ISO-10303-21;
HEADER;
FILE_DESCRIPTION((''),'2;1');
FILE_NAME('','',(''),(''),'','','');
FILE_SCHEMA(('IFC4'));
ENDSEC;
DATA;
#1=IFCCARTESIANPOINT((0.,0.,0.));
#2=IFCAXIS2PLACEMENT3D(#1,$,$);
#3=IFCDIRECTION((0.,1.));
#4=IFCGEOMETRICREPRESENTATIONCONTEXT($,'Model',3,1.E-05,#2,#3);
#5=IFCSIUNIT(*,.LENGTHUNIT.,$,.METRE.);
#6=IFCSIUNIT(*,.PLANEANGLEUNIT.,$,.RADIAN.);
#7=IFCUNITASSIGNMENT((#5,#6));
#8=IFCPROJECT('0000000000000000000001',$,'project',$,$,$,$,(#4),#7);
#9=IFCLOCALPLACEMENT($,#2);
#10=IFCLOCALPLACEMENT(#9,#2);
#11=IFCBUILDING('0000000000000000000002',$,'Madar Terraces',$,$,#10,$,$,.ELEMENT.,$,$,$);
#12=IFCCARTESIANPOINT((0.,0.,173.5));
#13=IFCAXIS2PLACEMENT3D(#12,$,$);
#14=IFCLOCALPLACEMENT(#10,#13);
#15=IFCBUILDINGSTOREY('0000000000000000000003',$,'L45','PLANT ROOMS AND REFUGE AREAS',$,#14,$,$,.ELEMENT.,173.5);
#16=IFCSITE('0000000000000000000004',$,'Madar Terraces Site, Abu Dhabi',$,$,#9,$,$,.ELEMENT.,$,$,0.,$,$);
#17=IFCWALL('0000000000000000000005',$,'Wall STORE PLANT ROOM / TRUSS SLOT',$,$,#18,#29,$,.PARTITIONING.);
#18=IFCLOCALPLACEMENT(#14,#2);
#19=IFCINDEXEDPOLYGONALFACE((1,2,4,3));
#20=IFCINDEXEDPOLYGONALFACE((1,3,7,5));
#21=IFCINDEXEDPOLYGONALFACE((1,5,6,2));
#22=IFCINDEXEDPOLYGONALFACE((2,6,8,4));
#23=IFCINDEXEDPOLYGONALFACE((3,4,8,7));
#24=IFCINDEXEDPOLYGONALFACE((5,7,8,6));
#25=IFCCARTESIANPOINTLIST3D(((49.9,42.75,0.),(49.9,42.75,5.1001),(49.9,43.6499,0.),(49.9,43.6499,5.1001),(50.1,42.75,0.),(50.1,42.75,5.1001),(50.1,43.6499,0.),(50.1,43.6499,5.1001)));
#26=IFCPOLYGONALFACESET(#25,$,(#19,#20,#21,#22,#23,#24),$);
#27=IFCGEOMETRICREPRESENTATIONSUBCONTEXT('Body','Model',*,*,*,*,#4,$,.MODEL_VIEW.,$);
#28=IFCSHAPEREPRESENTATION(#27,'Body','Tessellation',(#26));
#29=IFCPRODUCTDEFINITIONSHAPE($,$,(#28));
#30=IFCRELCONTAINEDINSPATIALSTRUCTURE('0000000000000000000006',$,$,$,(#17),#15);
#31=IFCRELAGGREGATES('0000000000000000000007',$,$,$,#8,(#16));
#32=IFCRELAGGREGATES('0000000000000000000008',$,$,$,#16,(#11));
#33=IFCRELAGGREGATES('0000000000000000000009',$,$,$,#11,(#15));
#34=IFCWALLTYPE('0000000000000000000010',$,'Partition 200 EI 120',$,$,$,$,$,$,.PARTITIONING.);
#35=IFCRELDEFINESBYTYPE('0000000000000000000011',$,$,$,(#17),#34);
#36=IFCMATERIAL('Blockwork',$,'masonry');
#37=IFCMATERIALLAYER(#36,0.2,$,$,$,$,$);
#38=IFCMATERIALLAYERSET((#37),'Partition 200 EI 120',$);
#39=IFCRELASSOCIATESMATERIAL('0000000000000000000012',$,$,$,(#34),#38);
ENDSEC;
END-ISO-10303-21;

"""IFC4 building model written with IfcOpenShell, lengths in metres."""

from ifc_helpers import new_model, si_unit, direction, frame, frame_2d, origin, place, context, subcontext, project, spatial, rectangle, extrude, material, layer, layer_set, type_object, element, save


model = new_model("IFC4")

# Units and contexts
model_context = context("Model", 3, precision=1e-05, world=origin(), true_north=direction((0.0, 1.0)))
body_context = subcontext(model_context, "Body", "Model", "MODEL_VIEW")
ifc_project = project(units=[si_unit("LENGTHUNIT", "METRE"), si_unit("PLANEANGLEUNIT", "RADIAN")], contexts=[model_context])

# Site, building, storey
site_placement = place(None, origin())
site = spatial("IfcSite", under=ifc_project, at=site_placement, Name="Madar Terraces Site, Abu Dhabi", CompositionType="ELEMENT", RefElevation=0.0)
building_placement = place(site_placement, origin())
building = spatial("IfcBuilding", under=site, at=building_placement, Name="Madar Terraces", CompositionType="ELEMENT")
storey_placement = place(building_placement, frame((0.0, 0.0, 173.5)))
storey = spatial("IfcBuildingStorey", under=building, at=storey_placement, Name="L45", Description="PLANT ROOMS AND REFUGE AREAS", CompositionType="ELEMENT", Elevation=173.5)

# Wall
ifc_material_1 = material(Name="Blockwork", Category="masonry")
ifc_layer_1 = layer(ifc_material_1, 0.2)
ifc_layer_set_1 = layer_set([ifc_layer_1], Name="Partition 200 EI 120")
wall_type = type_object("IfcWallType", Name="Partition 200 EI 120", PredefinedType="PARTITIONING", material=ifc_layer_set_1)
wall_1_placement = place(storey_placement, frame((50.0, 42.75, 0.0), z_axis=(0.0, 0.0, 1.0), x_axis=(0.0, 1.0, 0.0)))
element("IfcWall", 1, at=wall_1_placement, inside=storey, type_object=wall_type, Name="Wall STORE PLANT ROOM / TRUSS SLOT", PredefinedType="PARTITIONING", context=body_context, shape_type="SweptSolid", body=[
    extrude(rectangle(XDim=0.8999, YDim=0.2, at=frame_2d((0.45, 0.0))), origin(), (0.0, 0.0, 1.0), 5.1001),
])

save(model, "model.ifc")
